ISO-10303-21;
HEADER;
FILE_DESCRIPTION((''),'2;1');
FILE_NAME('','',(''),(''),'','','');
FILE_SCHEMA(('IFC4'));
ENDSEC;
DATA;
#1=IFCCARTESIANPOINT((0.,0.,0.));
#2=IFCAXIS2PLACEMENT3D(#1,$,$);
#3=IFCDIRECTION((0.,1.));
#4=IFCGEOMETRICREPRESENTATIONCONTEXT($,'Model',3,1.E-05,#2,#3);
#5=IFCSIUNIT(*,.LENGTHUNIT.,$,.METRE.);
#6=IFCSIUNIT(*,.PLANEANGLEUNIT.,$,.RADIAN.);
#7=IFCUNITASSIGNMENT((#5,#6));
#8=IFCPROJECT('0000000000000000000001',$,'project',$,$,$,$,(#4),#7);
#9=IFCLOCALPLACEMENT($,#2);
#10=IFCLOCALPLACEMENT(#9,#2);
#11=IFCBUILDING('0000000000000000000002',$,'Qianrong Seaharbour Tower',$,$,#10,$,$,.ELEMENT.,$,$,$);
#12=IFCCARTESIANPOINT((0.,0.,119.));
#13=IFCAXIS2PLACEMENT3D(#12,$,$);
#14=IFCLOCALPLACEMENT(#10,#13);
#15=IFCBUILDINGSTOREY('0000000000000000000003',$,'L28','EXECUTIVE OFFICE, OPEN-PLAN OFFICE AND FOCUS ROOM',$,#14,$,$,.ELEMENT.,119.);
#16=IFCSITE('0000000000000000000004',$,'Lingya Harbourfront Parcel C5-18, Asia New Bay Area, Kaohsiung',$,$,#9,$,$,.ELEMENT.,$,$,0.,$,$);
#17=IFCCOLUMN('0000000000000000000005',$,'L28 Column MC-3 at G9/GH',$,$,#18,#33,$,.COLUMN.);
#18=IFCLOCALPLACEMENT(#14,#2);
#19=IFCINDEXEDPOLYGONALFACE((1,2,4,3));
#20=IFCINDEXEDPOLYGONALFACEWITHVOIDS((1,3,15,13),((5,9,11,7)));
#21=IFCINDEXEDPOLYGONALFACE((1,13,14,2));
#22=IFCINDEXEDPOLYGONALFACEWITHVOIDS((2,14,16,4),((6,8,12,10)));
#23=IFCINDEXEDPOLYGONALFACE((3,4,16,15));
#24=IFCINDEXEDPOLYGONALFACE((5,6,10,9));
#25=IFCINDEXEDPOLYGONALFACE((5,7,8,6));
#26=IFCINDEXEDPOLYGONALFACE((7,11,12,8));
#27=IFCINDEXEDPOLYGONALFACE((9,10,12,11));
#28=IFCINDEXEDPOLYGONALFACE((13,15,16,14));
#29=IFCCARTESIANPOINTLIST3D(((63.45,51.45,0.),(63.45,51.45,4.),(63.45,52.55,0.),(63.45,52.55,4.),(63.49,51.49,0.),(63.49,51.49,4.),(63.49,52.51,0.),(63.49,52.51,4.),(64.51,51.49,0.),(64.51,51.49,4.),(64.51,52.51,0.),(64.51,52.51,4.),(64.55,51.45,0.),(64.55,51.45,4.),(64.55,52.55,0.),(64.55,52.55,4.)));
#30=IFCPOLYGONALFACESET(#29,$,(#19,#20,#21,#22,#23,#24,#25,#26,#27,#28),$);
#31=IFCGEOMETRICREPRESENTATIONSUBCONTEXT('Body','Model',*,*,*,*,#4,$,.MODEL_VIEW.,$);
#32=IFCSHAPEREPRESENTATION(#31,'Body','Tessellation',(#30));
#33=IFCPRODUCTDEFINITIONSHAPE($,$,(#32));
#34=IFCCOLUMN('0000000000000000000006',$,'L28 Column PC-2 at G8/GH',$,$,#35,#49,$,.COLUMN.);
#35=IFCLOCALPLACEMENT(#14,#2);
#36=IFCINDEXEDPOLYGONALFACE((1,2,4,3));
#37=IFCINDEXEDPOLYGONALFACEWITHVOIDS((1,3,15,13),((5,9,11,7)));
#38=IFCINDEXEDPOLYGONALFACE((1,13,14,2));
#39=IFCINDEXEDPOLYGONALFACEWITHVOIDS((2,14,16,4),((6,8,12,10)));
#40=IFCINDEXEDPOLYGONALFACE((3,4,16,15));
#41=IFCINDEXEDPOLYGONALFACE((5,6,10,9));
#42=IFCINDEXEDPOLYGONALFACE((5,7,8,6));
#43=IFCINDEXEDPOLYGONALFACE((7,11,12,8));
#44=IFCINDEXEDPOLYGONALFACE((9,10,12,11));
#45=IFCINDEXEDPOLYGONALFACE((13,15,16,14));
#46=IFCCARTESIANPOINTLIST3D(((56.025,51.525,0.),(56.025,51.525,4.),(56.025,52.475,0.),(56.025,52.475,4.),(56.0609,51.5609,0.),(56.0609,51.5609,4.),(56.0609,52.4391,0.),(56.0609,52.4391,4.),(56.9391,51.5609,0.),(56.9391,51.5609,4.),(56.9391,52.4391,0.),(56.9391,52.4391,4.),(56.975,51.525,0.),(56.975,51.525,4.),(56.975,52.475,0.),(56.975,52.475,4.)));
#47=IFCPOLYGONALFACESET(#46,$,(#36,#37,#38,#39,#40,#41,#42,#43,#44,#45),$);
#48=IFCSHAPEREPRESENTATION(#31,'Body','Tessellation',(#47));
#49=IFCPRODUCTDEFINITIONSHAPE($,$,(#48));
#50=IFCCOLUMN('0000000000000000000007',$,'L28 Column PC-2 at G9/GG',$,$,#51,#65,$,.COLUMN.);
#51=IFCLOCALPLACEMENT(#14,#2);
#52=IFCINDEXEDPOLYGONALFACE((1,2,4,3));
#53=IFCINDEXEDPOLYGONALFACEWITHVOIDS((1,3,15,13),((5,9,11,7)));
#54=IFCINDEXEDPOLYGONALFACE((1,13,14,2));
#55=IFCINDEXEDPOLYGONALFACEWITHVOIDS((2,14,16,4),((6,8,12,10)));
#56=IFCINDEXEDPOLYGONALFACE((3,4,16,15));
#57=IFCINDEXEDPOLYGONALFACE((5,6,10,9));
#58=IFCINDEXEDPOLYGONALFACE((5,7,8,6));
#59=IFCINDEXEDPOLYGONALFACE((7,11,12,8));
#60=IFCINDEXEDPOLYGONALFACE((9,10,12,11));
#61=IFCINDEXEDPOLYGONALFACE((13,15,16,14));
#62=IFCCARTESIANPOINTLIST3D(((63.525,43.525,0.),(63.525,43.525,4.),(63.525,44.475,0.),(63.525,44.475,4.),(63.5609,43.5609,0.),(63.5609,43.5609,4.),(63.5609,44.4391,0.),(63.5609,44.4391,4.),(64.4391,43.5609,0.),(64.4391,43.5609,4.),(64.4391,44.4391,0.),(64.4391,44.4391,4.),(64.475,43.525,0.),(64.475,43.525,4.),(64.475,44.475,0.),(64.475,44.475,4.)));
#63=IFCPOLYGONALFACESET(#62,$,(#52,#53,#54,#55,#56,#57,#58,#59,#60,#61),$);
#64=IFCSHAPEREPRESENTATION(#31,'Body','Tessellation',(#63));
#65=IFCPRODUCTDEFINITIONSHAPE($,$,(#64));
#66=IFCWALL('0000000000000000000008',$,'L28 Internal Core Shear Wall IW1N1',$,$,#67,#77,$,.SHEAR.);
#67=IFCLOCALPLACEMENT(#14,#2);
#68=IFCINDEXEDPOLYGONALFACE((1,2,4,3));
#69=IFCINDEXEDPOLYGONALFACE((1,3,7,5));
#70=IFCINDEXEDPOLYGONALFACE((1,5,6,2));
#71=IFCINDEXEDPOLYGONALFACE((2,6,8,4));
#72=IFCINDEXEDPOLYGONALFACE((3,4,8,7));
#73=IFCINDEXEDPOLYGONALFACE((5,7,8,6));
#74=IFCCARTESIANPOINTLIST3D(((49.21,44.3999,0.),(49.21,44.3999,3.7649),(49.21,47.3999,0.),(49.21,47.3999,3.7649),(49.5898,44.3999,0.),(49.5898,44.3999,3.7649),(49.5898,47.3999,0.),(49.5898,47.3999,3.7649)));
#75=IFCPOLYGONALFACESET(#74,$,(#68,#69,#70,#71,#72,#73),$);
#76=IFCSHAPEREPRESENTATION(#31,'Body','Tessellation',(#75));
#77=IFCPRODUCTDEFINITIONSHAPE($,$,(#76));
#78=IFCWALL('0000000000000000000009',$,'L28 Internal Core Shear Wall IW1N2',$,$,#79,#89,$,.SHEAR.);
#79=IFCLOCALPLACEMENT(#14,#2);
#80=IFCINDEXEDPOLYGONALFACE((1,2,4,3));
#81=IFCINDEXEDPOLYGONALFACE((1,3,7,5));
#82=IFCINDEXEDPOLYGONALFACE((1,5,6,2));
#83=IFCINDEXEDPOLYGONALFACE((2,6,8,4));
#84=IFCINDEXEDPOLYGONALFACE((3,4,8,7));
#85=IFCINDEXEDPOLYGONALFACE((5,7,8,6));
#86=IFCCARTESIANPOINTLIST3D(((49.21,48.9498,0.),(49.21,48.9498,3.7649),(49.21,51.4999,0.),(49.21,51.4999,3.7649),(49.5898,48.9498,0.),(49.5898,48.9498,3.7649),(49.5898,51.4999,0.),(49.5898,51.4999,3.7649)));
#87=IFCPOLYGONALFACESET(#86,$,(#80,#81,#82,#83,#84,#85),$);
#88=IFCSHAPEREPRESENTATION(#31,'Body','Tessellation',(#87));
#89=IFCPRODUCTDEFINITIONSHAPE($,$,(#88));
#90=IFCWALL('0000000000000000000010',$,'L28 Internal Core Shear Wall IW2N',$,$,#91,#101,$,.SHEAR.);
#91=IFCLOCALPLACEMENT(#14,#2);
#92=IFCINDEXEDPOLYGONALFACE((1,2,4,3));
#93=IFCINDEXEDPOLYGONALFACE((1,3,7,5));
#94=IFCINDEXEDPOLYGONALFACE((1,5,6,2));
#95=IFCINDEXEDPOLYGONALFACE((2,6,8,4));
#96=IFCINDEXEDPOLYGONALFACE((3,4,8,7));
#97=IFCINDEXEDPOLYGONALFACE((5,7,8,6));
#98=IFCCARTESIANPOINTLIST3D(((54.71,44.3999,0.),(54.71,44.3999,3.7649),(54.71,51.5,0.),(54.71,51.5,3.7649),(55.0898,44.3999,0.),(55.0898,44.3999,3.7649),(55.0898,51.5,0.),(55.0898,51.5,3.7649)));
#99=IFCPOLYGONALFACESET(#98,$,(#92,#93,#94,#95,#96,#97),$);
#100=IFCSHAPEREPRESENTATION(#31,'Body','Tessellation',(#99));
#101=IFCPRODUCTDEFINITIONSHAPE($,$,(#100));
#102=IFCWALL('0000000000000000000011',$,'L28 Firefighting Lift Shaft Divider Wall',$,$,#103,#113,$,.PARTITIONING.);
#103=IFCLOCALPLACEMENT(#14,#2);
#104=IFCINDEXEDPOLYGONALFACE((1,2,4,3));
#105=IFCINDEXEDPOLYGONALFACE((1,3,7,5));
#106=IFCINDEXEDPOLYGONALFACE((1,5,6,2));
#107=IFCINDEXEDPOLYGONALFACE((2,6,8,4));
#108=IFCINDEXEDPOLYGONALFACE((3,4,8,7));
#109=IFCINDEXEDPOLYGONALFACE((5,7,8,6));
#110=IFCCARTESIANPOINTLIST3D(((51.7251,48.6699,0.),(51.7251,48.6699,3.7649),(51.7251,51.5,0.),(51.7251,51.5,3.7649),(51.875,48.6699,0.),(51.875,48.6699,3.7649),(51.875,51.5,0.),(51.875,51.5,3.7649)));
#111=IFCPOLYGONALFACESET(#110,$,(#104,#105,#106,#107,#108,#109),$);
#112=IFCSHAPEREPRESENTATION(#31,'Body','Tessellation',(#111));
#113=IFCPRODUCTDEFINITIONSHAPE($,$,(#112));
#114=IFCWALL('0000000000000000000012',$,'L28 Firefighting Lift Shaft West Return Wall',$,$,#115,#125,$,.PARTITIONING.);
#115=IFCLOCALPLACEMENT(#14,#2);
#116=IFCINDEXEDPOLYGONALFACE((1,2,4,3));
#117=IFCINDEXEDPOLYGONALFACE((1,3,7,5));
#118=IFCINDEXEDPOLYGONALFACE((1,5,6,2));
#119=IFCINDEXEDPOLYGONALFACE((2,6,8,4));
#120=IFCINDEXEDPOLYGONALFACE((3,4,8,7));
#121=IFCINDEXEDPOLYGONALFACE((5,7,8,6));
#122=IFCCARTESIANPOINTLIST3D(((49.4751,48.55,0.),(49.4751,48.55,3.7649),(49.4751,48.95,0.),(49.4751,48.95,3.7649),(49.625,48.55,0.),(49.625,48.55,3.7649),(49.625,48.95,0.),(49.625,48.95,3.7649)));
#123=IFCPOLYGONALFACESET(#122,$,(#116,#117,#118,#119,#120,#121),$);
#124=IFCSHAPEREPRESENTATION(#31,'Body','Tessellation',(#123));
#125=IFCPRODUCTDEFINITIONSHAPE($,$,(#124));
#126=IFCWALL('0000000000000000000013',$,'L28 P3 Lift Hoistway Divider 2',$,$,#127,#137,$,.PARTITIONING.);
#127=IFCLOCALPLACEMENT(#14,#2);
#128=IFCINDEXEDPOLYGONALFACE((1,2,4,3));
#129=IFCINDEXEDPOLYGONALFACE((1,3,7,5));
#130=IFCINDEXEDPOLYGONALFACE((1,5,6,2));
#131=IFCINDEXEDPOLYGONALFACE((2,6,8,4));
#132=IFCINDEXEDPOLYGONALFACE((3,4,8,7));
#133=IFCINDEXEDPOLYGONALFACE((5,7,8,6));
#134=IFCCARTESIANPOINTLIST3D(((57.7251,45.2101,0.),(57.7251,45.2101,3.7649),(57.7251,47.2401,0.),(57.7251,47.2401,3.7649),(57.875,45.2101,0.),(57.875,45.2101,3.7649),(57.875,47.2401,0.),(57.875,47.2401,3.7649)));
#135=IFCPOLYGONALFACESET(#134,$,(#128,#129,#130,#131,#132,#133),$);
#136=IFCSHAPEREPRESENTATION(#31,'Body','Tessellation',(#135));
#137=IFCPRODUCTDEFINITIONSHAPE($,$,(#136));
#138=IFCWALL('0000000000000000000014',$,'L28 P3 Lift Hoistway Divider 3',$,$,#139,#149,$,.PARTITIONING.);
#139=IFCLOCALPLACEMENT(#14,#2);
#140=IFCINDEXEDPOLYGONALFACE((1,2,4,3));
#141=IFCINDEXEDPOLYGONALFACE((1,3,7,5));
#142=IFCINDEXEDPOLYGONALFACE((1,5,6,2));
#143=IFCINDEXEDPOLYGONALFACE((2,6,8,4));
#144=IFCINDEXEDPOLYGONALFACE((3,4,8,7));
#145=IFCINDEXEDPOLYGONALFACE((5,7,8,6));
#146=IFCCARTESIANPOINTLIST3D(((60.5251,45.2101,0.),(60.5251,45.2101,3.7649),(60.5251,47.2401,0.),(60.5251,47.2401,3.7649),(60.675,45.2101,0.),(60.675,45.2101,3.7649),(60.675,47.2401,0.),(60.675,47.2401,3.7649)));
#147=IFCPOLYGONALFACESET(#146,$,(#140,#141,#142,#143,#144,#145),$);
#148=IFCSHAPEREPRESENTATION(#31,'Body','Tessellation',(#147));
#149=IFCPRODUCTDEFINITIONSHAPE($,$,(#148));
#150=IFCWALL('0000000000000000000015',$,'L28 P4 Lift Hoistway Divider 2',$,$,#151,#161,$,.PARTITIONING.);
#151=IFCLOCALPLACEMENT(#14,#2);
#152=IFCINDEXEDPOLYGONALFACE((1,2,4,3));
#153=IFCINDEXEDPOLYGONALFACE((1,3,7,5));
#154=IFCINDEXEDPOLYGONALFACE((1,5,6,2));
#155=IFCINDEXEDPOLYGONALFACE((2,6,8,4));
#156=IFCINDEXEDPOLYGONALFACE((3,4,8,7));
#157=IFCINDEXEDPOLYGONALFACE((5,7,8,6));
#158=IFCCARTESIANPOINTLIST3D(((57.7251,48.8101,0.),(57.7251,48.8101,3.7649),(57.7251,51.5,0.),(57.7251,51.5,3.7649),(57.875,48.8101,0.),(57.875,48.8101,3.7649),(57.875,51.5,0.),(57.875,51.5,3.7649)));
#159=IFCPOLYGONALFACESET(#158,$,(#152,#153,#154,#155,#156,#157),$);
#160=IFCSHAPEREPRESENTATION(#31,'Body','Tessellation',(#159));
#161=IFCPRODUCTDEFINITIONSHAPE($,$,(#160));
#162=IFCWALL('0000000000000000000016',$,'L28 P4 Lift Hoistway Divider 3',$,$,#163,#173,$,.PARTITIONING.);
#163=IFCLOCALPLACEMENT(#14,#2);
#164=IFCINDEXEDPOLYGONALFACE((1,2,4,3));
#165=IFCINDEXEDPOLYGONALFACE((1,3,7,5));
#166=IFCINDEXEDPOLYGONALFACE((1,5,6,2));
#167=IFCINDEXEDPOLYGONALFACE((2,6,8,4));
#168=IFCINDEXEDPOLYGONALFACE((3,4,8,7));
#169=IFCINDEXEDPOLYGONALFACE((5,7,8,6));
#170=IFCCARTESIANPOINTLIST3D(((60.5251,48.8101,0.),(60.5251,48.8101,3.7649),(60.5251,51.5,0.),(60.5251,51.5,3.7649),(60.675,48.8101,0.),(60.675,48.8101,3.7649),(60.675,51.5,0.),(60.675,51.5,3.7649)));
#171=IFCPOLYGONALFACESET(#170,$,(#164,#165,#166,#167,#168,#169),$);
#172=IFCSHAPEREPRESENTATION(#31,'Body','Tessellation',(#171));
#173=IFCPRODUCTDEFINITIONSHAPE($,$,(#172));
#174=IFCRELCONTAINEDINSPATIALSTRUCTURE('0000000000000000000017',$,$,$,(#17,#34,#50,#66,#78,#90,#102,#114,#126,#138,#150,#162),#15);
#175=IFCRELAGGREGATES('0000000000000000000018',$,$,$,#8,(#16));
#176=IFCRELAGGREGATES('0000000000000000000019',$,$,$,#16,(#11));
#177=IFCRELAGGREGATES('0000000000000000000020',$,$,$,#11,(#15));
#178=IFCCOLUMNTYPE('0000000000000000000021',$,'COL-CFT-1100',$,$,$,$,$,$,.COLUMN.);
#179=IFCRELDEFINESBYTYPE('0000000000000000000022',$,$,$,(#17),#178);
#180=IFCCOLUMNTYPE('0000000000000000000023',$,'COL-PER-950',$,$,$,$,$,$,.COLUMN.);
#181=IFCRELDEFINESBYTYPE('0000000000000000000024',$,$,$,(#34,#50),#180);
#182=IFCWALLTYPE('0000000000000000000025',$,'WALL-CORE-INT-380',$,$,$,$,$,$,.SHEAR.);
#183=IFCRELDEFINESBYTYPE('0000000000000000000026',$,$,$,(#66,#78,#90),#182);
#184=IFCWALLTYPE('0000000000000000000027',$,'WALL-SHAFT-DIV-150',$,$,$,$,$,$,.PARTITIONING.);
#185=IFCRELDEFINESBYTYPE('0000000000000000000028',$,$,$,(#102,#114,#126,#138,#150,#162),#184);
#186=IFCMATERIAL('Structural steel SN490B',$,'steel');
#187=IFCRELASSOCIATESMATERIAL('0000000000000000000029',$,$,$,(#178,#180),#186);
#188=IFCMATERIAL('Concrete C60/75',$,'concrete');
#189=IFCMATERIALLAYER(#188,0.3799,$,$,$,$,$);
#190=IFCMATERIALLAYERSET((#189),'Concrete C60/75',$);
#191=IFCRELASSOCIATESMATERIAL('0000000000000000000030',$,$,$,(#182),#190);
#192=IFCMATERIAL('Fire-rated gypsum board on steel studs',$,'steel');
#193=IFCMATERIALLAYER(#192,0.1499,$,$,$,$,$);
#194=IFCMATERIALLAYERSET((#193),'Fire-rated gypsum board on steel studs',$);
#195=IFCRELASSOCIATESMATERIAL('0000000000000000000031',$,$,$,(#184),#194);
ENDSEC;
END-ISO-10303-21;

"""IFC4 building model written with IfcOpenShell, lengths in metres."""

from ifc_helpers import new_model, si_unit, direction, frame, frame_2d, origin, origin_2d, place, context, subcontext, project, spatial, rectangle, hollow_rectangle, extrude, material, layer, layer_set, material_profile, profile_set, type_object, element, save


model = new_model("IFC4")

# Units and contexts
model_context = context("Model", 3, precision=1e-05, world=origin(), true_north=direction((0.0, 1.0)))
body_context = subcontext(model_context, "Body", "Model", "MODEL_VIEW")
ifc_project = project(units=[si_unit("LENGTHUNIT", "METRE"), si_unit("PLANEANGLEUNIT", "RADIAN")], contexts=[model_context])

# Site, building, storey
site_placement = place(None, origin())
site = spatial("IfcSite", under=ifc_project, at=site_placement, Name="Lingya Harbourfront Parcel C5-18, Asia New Bay Area, Kaohsiung", CompositionType="ELEMENT", RefElevation=0.0)
building_placement = place(site_placement, origin())
building = spatial("IfcBuilding", under=site, at=building_placement, Name="Qianrong Seaharbour Tower", CompositionType="ELEMENT")
storey_placement = place(building_placement, frame((0.0, 0.0, 119.0)))
storey = spatial("IfcBuildingStorey", under=building, at=storey_placement, Name="L28", Description="EXECUTIVE OFFICE, OPEN-PLAN OFFICE AND FOCUS ROOM", CompositionType="ELEMENT", Elevation=119.0)

# Columns
ifc_material_1 = material(Name="Structural steel SN490B", Category="steel")
ifc_material_profile_1 = material_profile(ifc_material_1, hollow_rectangle(XDim=1.1001, YDim=1.1001, WallThickness=0.04, at=origin_2d()), Name="BOX1100x1100x40")
ifc_profile_set_1 = profile_set([ifc_material_profile_1], Name="Structural steel SN490B")
column_type_1 = type_object("IfcColumnType", Name="COL-CFT-1100", PredefinedType="COLUMN", material=ifc_profile_set_1)
column_placement = place(storey_placement, frame((64.0, 52.0, 0.0), z_axis=(0.0, 0.0, 1.0), x_axis=(1.0, 0.0, 0.0)))
element("IfcColumn", 1, at=column_placement, inside=storey, type_object=column_type_1, Name="L28 Column MC-3 at G9/GH", PredefinedType="COLUMN", context=body_context, shape_type="SweptSolid", body=[
    extrude(hollow_rectangle(XDim=1.1001, YDim=1.1001, WallThickness=0.04, at=origin_2d()), origin(), (0.0, 0.0, 1.0), 4.0),
])
ifc_material_profile_2 = material_profile(ifc_material_1, hollow_rectangle(XDim=0.95, YDim=0.95, WallThickness=0.0359, at=origin_2d()), Name="BOX950x950x36")
ifc_profile_set_2 = profile_set([ifc_material_profile_2], Name="Structural steel SN490B")
column_type_2 = type_object("IfcColumnType", Name="COL-PER-950", PredefinedType="COLUMN", material=ifc_profile_set_2)
for number, where, z_axis, x_axis, name in (
    (2, (56.5, 52.0, 0.0), (0.0, 0.0, 1.0), (1.0, 0.0, 0.0), "L28 Column PC-2 at G8/GH"),
    (3, (64.0, 44.0, 0.0), (0.0, 0.0, 1.0), (1.0, 0.0, 0.0), "L28 Column PC-2 at G9/GG"),
):
    element("IfcColumn", number, at=place(storey_placement, frame(where, z_axis=z_axis, x_axis=x_axis)), inside=storey, type_object=column_type_2, Name=name, PredefinedType="COLUMN", context=body_context, shape_type="SweptSolid", body=[
        extrude(hollow_rectangle(XDim=0.95, YDim=0.95, WallThickness=0.0359, at=origin_2d()), origin(), (0.0, 0.0, 1.0), 4.0),
    ])

# Walls
ifc_material_2 = material(Name="Concrete C60/75", Category="concrete")
ifc_layer_1 = layer(ifc_material_2, 0.3799)
ifc_layer_set_1 = layer_set([ifc_layer_1], Name="Concrete C60/75")
wall_type_1 = type_object("IfcWallType", Name="WALL-CORE-INT-380", PredefinedType="SHEAR", material=ifc_layer_set_1)
wall_1_placement = place(storey_placement, frame((49.3999, 44.3999, 0.0), z_axis=(0.0, 0.0, 1.0), x_axis=(0.0, 1.0, 0.0)))
element("IfcWall", 4, at=wall_1_placement, inside=storey, type_object=wall_type_1, Name="L28 Internal Core Shear Wall IW1N1", PredefinedType="SHEAR", context=body_context, shape_type="SweptSolid", body=[
    extrude(rectangle(XDim=3.0, YDim=0.3799, at=frame_2d((1.5, 0.0))), origin(), (0.0, 0.0, 1.0), 3.7649),
])
wall_2_placement = place(storey_placement, frame((49.3999, 48.95, 0.0), z_axis=(0.0, 0.0, 1.0), x_axis=(0.0, 1.0, 0.0)))
element("IfcWall", 5, at=wall_2_placement, inside=storey, type_object=wall_type_1, Name="L28 Internal Core Shear Wall IW1N2", PredefinedType="SHEAR", context=body_context, shape_type="SweptSolid", body=[
    extrude(rectangle(XDim=2.55, YDim=0.3799, at=frame_2d((1.2749, 0.0))), origin(), (0.0, 0.0, 1.0), 3.7649),
])
wall_3_placement = place(storey_placement, frame((54.8999, 44.3999, 0.0), z_axis=(0.0, 0.0, 1.0), x_axis=(0.0, 1.0, 0.0)))
element("IfcWall", 6, at=wall_3_placement, inside=storey, type_object=wall_type_1, Name="L28 Internal Core Shear Wall IW2N", PredefinedType="SHEAR", context=body_context, shape_type="SweptSolid", body=[
    extrude(rectangle(XDim=7.1001, YDim=0.3799, at=frame_2d((3.55, 0.0))), origin(), (0.0, 0.0, 1.0), 3.7649),
])

# Walls
ifc_material_3 = material(Name="Fire-rated gypsum board on steel studs", Category="steel")
ifc_layer_2 = layer(ifc_material_3, 0.1499)
ifc_layer_set_2 = layer_set([ifc_layer_2], Name="Fire-rated gypsum board on steel studs")
wall_type_2 = type_object("IfcWallType", Name="WALL-SHAFT-DIV-150", PredefinedType="PARTITIONING", material=ifc_layer_set_2)
wall_4_placement = place(storey_placement, frame((51.8, 48.6699, 0.0), z_axis=(0.0, 0.0, 1.0), x_axis=(0.0, 1.0, 0.0)))
element("IfcWall", 7, at=wall_4_placement, inside=storey, type_object=wall_type_2, Name="L28 Firefighting Lift Shaft Divider Wall", PredefinedType="PARTITIONING", context=body_context, shape_type="SweptSolid", body=[
    extrude(rectangle(XDim=2.8301, YDim=0.1499, at=frame_2d((1.415, 0.0))), origin(), (0.0, 0.0, 1.0), 3.7649),
])
wall_5_placement = place(storey_placement, frame((49.55, 48.55, 0.0), z_axis=(0.0, 0.0, 1.0), x_axis=(0.0, 1.0, 0.0)))
element("IfcWall", 8, at=wall_5_placement, inside=storey, type_object=wall_type_2, Name="L28 Firefighting Lift Shaft West Return Wall", PredefinedType="PARTITIONING", context=body_context, shape_type="SweptSolid", body=[
    extrude(rectangle(XDim=0.3999, YDim=0.1499, at=frame_2d((0.2, 0.0))), origin(), (0.0, 0.0, 1.0), 3.7649),
])
for number, where, z_axis, x_axis, name in (
    (9, (57.8, 45.21, 0.0), (0.0, 0.0, 1.0), (0.0, 1.0, 0.0), "L28 P3 Lift Hoistway Divider 2"),
    (10, (60.6001, 45.21, 0.0), (0.0, 0.0, 1.0), (0.0, 1.0, 0.0), "L28 P3 Lift Hoistway Divider 3"),
):
    element("IfcWall", number, at=place(storey_placement, frame(where, z_axis=z_axis, x_axis=x_axis)), inside=storey, type_object=wall_type_2, Name=name, PredefinedType="PARTITIONING", context=body_context, shape_type="SweptSolid", body=[
        extrude(rectangle(XDim=2.03, YDim=0.1499, at=frame_2d((1.0151, 0.0))), origin(), (0.0, 0.0, 1.0), 3.7649),
    ])
for number, where, z_axis, x_axis, name in (
    (11, (57.8, 48.8101, 0.0), (0.0, 0.0, 1.0), (0.0, 1.0, 0.0), "L28 P4 Lift Hoistway Divider 2"),
    (12, (60.6001, 48.8101, 0.0), (0.0, 0.0, 1.0), (0.0, 1.0, 0.0), "L28 P4 Lift Hoistway Divider 3"),
):
    element("IfcWall", number, at=place(storey_placement, frame(where, z_axis=z_axis, x_axis=x_axis)), inside=storey, type_object=wall_type_2, Name=name, PredefinedType="PARTITIONING", context=body_context, shape_type="SweptSolid", body=[
        extrude(rectangle(XDim=2.6899, YDim=0.1499, at=frame_2d((1.345, 0.0))), origin(), (0.0, 0.0, 1.0), 3.7649),
    ])

save(model, "model.ifc")
